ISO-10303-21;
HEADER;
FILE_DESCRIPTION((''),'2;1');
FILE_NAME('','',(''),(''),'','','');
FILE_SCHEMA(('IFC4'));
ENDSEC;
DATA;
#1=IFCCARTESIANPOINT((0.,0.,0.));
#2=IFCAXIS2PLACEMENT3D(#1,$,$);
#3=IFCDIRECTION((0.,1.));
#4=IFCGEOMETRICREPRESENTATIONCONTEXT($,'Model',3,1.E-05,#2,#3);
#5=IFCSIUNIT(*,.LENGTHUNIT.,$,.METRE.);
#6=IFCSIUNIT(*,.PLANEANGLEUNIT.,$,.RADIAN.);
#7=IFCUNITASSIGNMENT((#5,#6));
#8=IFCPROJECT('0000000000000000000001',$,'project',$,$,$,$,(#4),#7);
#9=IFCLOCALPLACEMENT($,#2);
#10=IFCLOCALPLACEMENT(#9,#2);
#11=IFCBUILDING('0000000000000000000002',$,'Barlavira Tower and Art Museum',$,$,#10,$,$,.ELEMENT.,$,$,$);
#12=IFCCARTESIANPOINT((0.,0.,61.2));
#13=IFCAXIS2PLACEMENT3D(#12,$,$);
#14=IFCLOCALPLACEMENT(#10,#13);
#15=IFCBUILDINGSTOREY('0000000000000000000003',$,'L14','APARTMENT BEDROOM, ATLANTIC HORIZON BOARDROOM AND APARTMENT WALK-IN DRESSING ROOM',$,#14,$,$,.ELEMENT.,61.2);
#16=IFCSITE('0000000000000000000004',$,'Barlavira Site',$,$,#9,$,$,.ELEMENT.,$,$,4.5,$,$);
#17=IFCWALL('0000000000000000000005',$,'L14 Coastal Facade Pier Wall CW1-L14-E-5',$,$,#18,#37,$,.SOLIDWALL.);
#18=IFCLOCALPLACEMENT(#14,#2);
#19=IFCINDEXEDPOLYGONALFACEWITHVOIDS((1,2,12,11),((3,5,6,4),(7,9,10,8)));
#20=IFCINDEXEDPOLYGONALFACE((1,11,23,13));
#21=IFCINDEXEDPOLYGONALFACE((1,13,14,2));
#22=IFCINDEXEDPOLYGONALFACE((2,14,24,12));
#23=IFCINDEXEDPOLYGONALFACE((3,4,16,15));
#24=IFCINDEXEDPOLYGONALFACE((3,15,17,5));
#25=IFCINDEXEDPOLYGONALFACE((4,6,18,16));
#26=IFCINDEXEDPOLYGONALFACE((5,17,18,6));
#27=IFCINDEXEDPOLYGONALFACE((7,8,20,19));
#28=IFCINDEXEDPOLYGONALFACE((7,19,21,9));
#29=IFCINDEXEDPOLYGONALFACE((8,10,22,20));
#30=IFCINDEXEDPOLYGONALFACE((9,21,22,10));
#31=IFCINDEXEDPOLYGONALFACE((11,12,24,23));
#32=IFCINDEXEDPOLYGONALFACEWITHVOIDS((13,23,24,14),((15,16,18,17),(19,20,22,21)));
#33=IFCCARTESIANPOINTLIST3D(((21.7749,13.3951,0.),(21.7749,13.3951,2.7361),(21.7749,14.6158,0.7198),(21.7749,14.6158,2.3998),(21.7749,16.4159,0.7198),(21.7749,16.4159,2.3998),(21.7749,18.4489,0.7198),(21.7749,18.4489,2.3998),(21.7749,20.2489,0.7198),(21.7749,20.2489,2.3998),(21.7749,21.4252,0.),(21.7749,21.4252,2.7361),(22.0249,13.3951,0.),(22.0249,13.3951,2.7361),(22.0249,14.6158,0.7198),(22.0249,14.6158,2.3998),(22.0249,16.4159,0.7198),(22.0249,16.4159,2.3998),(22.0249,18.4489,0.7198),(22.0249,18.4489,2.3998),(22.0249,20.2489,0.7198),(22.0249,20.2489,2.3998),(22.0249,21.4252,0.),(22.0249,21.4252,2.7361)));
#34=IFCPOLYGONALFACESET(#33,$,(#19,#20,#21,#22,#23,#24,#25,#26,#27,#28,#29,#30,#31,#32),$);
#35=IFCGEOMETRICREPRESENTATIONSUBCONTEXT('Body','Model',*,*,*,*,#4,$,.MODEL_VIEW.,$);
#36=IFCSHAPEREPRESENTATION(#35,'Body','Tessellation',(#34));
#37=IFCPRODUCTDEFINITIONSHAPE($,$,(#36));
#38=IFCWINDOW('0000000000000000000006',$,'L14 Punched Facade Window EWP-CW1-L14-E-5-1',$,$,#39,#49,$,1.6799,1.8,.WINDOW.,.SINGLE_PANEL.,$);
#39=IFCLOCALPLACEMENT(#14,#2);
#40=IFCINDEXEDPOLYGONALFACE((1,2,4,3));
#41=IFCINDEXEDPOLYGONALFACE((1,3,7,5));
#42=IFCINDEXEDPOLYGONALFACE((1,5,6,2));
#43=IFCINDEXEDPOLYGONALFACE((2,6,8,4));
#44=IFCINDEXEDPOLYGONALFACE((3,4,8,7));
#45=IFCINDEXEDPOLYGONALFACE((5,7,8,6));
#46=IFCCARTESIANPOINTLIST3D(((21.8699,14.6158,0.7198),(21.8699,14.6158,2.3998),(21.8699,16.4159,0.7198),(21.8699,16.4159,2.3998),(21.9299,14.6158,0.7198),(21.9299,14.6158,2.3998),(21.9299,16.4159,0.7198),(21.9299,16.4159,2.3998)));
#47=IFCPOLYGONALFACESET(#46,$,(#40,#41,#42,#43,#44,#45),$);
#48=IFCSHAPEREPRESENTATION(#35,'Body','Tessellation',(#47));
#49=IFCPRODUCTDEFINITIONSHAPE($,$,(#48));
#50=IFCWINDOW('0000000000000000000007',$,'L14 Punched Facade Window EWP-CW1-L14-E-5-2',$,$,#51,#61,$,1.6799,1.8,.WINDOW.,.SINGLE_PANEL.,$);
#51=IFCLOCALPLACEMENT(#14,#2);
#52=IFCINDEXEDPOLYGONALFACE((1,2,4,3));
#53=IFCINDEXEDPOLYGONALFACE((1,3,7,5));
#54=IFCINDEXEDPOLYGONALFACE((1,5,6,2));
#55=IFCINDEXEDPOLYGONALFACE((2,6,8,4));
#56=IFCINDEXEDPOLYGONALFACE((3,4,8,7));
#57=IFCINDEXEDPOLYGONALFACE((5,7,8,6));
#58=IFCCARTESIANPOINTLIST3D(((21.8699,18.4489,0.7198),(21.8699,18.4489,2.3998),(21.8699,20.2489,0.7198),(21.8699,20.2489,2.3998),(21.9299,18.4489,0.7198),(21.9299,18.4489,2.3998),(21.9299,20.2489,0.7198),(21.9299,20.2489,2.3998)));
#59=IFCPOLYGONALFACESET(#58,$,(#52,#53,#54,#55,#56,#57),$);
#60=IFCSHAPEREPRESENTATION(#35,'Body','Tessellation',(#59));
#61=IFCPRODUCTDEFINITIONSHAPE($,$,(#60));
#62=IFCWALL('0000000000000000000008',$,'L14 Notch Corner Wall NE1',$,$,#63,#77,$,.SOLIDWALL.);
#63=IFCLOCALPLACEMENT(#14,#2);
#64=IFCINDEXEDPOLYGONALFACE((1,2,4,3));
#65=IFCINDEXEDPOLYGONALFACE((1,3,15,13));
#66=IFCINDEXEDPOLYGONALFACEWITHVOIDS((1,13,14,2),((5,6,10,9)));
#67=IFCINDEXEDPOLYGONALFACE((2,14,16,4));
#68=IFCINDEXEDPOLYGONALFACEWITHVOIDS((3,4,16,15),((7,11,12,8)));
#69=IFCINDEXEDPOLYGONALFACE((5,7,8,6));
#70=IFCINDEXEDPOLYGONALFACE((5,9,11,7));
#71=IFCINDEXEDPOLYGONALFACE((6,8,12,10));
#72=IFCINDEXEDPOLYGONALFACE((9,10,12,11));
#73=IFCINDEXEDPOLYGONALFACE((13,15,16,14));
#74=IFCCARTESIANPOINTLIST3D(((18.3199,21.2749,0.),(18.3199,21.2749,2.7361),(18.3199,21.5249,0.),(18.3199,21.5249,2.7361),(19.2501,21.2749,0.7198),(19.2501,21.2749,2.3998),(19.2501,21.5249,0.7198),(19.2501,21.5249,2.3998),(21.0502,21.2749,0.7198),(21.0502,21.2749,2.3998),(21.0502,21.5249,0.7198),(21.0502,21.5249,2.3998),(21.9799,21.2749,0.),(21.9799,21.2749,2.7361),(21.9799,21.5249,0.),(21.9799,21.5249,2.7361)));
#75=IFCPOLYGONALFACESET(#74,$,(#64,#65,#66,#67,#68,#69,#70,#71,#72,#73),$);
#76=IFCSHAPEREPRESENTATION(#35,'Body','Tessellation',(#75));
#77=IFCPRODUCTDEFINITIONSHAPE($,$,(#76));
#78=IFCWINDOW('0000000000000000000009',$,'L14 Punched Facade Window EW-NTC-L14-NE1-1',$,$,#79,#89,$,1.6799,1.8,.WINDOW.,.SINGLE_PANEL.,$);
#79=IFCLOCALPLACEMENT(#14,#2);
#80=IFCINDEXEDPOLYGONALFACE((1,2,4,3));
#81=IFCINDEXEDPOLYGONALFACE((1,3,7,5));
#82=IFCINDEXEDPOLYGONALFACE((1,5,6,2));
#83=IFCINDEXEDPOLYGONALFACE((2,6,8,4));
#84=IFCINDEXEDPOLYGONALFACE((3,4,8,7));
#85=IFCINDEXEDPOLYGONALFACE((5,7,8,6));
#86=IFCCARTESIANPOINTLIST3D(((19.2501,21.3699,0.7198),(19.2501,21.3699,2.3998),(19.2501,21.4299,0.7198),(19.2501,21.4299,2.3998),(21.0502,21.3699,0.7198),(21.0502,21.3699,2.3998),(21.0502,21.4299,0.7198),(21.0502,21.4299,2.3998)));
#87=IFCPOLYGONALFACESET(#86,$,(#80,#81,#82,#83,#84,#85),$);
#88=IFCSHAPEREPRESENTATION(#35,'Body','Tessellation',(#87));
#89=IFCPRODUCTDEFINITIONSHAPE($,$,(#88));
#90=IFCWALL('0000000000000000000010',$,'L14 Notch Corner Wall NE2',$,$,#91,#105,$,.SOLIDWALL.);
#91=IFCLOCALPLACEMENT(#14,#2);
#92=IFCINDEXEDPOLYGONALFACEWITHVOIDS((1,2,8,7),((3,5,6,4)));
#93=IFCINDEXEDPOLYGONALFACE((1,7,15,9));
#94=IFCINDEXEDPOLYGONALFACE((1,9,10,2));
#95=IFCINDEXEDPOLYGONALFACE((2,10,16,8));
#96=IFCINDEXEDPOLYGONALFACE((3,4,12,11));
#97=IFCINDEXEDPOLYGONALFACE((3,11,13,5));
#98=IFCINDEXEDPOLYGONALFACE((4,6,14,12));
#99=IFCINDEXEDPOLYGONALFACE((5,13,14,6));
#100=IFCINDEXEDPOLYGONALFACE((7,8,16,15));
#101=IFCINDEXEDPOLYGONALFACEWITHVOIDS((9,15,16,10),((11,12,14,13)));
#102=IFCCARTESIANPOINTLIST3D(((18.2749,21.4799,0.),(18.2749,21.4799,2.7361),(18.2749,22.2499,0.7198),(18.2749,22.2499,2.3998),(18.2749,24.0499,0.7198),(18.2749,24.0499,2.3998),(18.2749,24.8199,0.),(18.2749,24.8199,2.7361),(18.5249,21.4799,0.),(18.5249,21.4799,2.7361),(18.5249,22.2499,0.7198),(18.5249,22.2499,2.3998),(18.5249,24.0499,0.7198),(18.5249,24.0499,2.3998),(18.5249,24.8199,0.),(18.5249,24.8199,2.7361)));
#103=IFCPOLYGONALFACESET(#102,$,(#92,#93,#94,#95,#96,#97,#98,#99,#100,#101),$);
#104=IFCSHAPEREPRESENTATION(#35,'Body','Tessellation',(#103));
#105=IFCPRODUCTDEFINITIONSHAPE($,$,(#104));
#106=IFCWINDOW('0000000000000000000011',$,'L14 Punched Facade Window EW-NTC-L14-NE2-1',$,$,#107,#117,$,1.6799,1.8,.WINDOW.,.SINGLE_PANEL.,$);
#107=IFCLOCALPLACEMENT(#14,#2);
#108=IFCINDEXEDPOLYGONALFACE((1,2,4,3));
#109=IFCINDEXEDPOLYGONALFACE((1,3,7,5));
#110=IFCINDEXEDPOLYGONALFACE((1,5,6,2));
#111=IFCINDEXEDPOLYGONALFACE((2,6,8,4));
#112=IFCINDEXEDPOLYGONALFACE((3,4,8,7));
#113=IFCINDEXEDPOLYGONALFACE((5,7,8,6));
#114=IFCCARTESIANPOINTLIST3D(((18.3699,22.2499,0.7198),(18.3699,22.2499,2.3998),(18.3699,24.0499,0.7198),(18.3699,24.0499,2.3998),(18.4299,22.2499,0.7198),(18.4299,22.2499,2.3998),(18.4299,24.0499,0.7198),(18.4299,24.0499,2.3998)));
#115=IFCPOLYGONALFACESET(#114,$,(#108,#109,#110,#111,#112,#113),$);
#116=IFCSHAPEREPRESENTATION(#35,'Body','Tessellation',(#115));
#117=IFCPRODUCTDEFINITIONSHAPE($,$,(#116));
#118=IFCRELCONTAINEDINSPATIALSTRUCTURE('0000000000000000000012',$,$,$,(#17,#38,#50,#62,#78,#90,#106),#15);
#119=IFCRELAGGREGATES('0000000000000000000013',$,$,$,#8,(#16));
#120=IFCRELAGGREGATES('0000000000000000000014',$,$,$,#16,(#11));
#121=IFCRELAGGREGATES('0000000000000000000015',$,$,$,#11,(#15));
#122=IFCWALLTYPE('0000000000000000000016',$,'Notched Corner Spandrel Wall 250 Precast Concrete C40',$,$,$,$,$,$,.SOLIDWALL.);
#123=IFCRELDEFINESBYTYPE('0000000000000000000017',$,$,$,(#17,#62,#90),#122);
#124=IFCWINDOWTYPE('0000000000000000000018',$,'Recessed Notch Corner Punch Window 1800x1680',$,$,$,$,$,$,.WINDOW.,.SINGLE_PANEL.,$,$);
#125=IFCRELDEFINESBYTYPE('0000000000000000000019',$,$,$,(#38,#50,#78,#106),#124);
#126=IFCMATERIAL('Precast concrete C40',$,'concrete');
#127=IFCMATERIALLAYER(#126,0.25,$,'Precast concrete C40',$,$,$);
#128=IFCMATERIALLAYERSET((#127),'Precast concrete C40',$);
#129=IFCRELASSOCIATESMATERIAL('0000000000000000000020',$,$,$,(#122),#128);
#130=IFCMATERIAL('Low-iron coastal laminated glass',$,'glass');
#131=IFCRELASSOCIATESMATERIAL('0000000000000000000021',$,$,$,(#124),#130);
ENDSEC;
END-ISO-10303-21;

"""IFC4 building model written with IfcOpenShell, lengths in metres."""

from ifc_helpers import new_model, si_unit, direction, frame, frame_2d, origin, place, context, subcontext, project, spatial, rectangle, extrude, material, layer, layer_set, type_object, element, fill, save


model = new_model("IFC4")

# Units and contexts
model_context = context("Model", 3, precision=1e-05, world=origin(), true_north=direction((0.0, 1.0)))
body_context = subcontext(model_context, "Body", "Model", "MODEL_VIEW")
ifc_project = project(units=[si_unit("LENGTHUNIT", "METRE"), si_unit("PLANEANGLEUNIT", "RADIAN")], contexts=[model_context])

# Site, building, storey
site_placement = place(None, origin())
site = spatial("IfcSite", under=ifc_project, at=site_placement, Name="Barlavira Site", CompositionType="ELEMENT", RefElevation=4.5)
building_placement = place(site_placement, origin())
building = spatial("IfcBuilding", under=site, at=building_placement, Name="Barlavira Tower and Art Museum", CompositionType="ELEMENT")
storey_placement = place(building_placement, frame((0.0, 0.0, 61.2)))
storey = spatial("IfcBuildingStorey", under=building, at=storey_placement, Name="L14", Description="APARTMENT BEDROOM, ATLANTIC HORIZON BOARDROOM AND APARTMENT WALK-IN DRESSING ROOM", CompositionType="ELEMENT", Elevation=61.2)

# Wall, openings, windows
ifc_material_1 = material(Name="Precast concrete C40", Category="concrete")
ifc_layer_1 = layer(ifc_material_1, 0.25, Name="Precast concrete C40")
ifc_layer_set_1 = layer_set([ifc_layer_1], Name="Precast concrete C40")
wall_type_1 = type_object("IfcWallType", Name="Notched Corner Spandrel Wall 250 Precast Concrete C40", PredefinedType="SOLIDWALL", material=ifc_layer_set_1)
ifc_material_2 = material(Name="Low-iron coastal laminated glass", Category="glass")
window_type = type_object("IfcWindowType", Name="Recessed Notch Corner Punch Window 1800x1680", PartitioningType="SINGLE_PANEL", PredefinedType="WINDOW", material=ifc_material_2)
wall_1_placement = place(storey_placement, frame((21.8999, 13.395, 0.0), z_axis=(0.0, 0.0, 1.0), x_axis=(0.0, 1.0, 0.0)))
wall_1 = element("IfcWall", 1, at=wall_1_placement, inside=storey, type_object=wall_type_1, Name="L14 Coastal Facade Pier Wall CW1-L14-E-5", PredefinedType="SOLIDWALL", context=body_context, shape_type="SweptSolid", body=[
    extrude(rectangle(XDim=8.03, YDim=0.25, at=frame_2d((4.0151, 0.0))), origin(), (0.0, 0.0, 1.0), 2.7361),
])
opening_1_placement = place(wall_1_placement, frame((1.2209, 0.0, 0.72)))
opening_1 = element("IfcOpeningElement", 2, at=opening_1_placement, cuts=wall_1, PredefinedType="OPENING", context=body_context, shape_type="SweptSolid", body=[
    extrude(rectangle(XDim=1.8, YDim=1.6799, at=frame_2d((0.8999, 0.8398))), frame((0.0, 0.135, 0.0), z_axis=(0.0, -1.0, 0.0), x_axis=(1.0, 0.0, 0.0)), (0.0, 0.0, 1.0), 0.27),
])
opening_2_placement = place(wall_1_placement, frame((5.054, 0.0, 0.72)))
opening_2 = element("IfcOpeningElement", 3, at=opening_2_placement, cuts=wall_1, PredefinedType="OPENING", context=body_context, shape_type="SweptSolid", body=[
    extrude(rectangle(XDim=1.8, YDim=1.6799, at=frame_2d((0.8999, 0.8398))), frame((0.0, 0.135, 0.0), z_axis=(0.0, -1.0, 0.0), x_axis=(1.0, 0.0, 0.0)), (0.0, 0.0, 1.0), 0.27),
])
window_1_placement = place(opening_1_placement, origin())
window_1 = element("IfcWindow", 4, at=window_1_placement, inside=storey, type_object=window_type, Name="L14 Punched Facade Window EWP-CW1-L14-E-5-1", OverallHeight=1.6799, OverallWidth=1.8, PartitioningType="SINGLE_PANEL", PredefinedType="WINDOW", context=body_context, shape_type="SweptSolid", body=[
    extrude(rectangle(XDim=1.8, YDim=1.6799, at=frame_2d((0.8999, 0.8398))), frame((0.0, 0.03, 0.0), z_axis=(0.0, -1.0, 0.0), x_axis=(1.0, 0.0, 0.0)), (0.0, 0.0, 1.0), 0.0601),
])
fill(opening_1, window_1)
window_2_placement = place(opening_2_placement, origin())
window_2 = element("IfcWindow", 5, at=window_2_placement, inside=storey, type_object=window_type, Name="L14 Punched Facade Window EWP-CW1-L14-E-5-2", OverallHeight=1.6799, OverallWidth=1.8, PartitioningType="SINGLE_PANEL", PredefinedType="WINDOW", context=body_context, shape_type="SweptSolid", body=[
    extrude(rectangle(XDim=1.8, YDim=1.6799, at=frame_2d((0.8999, 0.8398))), frame((0.0, 0.03, 0.0), z_axis=(0.0, -1.0, 0.0), x_axis=(1.0, 0.0, 0.0)), (0.0, 0.0, 1.0), 0.0601),
])
fill(opening_2, window_2)

# Walls, openings, windows
wall_2_placement = place(storey_placement, frame((21.98, 21.3999, 0.0), z_axis=(0.0, 0.0, 1.0), x_axis=(-1.0, 0.0, 0.0)))
wall_2 = element("IfcWall", 6, at=wall_2_placement, inside=storey, type_object=wall_type_1, Name="L14 Notch Corner Wall NE1", PredefinedType="SOLIDWALL", context=body_context, shape_type="SweptSolid", body=[
    extrude(rectangle(XDim=3.6599, YDim=0.25, at=frame_2d((1.8301, 0.0))), origin(), (0.0, 0.0, 1.0), 2.7361),
])
opening_3_placement = place(wall_2_placement, frame((0.9299, 0.0, 0.72)))
opening_3 = element("IfcOpeningElement", 7, at=opening_3_placement, cuts=wall_2, PredefinedType="OPENING", context=body_context, shape_type="SweptSolid", body=[
    extrude(rectangle(XDim=1.8, YDim=1.6799, at=frame_2d((0.8999, 0.8398))), frame((0.0, 0.135, 0.0), z_axis=(0.0, -1.0, 0.0), x_axis=(1.0, 0.0, 0.0)), (0.0, 0.0, 1.0), 0.27),
])
window_3_placement = place(opening_3_placement, origin())
window_3 = element("IfcWindow", 8, at=window_3_placement, inside=storey, type_object=window_type, Name="L14 Punched Facade Window EW-NTC-L14-NE1-1", OverallHeight=1.6799, OverallWidth=1.8, PartitioningType="SINGLE_PANEL", PredefinedType="WINDOW", context=body_context, shape_type="SweptSolid", body=[
    extrude(rectangle(XDim=1.8, YDim=1.6799, at=frame_2d((0.8999, 0.8398))), frame((0.0, 0.03, 0.0), z_axis=(0.0, -1.0, 0.0), x_axis=(1.0, 0.0, 0.0)), (0.0, 0.0, 1.0), 0.0601),
])
fill(opening_3, window_3)
wall_3_placement = place(storey_placement, frame((18.3999, 21.48, 0.0), z_axis=(0.0, 0.0, 1.0), x_axis=(0.0, 1.0, 0.0)))
wall_3 = element("IfcWall", 9, at=wall_3_placement, inside=storey, type_object=wall_type_1, Name="L14 Notch Corner Wall NE2", PredefinedType="SOLIDWALL", context=body_context, shape_type="SweptSolid", body=[
    extrude(rectangle(XDim=3.3401, YDim=0.25, at=frame_2d((1.6699, 0.0))), origin(), (0.0, 0.0, 1.0), 2.7361),
])
opening_4_placement = place(wall_3_placement, frame((0.77, 0.0, 0.72)))
opening_4 = element("IfcOpeningElement", 10, at=opening_4_placement, cuts=wall_3, PredefinedType="OPENING", context=body_context, shape_type="SweptSolid", body=[
    extrude(rectangle(XDim=1.8, YDim=1.6799, at=frame_2d((0.8999, 0.8398))), frame((0.0, 0.135, 0.0), z_axis=(0.0, -1.0, 0.0), x_axis=(1.0, 0.0, 0.0)), (0.0, 0.0, 1.0), 0.27),
])
window_4_placement = place(opening_4_placement, origin())
window_4 = element("IfcWindow", 11, at=window_4_placement, inside=storey, type_object=window_type, Name="L14 Punched Facade Window EW-NTC-L14-NE2-1", OverallHeight=1.6799, OverallWidth=1.8, PartitioningType="SINGLE_PANEL", PredefinedType="WINDOW", context=body_context, shape_type="SweptSolid", body=[
    extrude(rectangle(XDim=1.8, YDim=1.6799, at=frame_2d((0.8999, 0.8398))), frame((0.0, 0.03, 0.0), z_axis=(0.0, -1.0, 0.0), x_axis=(1.0, 0.0, 0.0)), (0.0, 0.0, 1.0), 0.0601),
])
fill(opening_4, window_4)

save(model, "model.ifc")
